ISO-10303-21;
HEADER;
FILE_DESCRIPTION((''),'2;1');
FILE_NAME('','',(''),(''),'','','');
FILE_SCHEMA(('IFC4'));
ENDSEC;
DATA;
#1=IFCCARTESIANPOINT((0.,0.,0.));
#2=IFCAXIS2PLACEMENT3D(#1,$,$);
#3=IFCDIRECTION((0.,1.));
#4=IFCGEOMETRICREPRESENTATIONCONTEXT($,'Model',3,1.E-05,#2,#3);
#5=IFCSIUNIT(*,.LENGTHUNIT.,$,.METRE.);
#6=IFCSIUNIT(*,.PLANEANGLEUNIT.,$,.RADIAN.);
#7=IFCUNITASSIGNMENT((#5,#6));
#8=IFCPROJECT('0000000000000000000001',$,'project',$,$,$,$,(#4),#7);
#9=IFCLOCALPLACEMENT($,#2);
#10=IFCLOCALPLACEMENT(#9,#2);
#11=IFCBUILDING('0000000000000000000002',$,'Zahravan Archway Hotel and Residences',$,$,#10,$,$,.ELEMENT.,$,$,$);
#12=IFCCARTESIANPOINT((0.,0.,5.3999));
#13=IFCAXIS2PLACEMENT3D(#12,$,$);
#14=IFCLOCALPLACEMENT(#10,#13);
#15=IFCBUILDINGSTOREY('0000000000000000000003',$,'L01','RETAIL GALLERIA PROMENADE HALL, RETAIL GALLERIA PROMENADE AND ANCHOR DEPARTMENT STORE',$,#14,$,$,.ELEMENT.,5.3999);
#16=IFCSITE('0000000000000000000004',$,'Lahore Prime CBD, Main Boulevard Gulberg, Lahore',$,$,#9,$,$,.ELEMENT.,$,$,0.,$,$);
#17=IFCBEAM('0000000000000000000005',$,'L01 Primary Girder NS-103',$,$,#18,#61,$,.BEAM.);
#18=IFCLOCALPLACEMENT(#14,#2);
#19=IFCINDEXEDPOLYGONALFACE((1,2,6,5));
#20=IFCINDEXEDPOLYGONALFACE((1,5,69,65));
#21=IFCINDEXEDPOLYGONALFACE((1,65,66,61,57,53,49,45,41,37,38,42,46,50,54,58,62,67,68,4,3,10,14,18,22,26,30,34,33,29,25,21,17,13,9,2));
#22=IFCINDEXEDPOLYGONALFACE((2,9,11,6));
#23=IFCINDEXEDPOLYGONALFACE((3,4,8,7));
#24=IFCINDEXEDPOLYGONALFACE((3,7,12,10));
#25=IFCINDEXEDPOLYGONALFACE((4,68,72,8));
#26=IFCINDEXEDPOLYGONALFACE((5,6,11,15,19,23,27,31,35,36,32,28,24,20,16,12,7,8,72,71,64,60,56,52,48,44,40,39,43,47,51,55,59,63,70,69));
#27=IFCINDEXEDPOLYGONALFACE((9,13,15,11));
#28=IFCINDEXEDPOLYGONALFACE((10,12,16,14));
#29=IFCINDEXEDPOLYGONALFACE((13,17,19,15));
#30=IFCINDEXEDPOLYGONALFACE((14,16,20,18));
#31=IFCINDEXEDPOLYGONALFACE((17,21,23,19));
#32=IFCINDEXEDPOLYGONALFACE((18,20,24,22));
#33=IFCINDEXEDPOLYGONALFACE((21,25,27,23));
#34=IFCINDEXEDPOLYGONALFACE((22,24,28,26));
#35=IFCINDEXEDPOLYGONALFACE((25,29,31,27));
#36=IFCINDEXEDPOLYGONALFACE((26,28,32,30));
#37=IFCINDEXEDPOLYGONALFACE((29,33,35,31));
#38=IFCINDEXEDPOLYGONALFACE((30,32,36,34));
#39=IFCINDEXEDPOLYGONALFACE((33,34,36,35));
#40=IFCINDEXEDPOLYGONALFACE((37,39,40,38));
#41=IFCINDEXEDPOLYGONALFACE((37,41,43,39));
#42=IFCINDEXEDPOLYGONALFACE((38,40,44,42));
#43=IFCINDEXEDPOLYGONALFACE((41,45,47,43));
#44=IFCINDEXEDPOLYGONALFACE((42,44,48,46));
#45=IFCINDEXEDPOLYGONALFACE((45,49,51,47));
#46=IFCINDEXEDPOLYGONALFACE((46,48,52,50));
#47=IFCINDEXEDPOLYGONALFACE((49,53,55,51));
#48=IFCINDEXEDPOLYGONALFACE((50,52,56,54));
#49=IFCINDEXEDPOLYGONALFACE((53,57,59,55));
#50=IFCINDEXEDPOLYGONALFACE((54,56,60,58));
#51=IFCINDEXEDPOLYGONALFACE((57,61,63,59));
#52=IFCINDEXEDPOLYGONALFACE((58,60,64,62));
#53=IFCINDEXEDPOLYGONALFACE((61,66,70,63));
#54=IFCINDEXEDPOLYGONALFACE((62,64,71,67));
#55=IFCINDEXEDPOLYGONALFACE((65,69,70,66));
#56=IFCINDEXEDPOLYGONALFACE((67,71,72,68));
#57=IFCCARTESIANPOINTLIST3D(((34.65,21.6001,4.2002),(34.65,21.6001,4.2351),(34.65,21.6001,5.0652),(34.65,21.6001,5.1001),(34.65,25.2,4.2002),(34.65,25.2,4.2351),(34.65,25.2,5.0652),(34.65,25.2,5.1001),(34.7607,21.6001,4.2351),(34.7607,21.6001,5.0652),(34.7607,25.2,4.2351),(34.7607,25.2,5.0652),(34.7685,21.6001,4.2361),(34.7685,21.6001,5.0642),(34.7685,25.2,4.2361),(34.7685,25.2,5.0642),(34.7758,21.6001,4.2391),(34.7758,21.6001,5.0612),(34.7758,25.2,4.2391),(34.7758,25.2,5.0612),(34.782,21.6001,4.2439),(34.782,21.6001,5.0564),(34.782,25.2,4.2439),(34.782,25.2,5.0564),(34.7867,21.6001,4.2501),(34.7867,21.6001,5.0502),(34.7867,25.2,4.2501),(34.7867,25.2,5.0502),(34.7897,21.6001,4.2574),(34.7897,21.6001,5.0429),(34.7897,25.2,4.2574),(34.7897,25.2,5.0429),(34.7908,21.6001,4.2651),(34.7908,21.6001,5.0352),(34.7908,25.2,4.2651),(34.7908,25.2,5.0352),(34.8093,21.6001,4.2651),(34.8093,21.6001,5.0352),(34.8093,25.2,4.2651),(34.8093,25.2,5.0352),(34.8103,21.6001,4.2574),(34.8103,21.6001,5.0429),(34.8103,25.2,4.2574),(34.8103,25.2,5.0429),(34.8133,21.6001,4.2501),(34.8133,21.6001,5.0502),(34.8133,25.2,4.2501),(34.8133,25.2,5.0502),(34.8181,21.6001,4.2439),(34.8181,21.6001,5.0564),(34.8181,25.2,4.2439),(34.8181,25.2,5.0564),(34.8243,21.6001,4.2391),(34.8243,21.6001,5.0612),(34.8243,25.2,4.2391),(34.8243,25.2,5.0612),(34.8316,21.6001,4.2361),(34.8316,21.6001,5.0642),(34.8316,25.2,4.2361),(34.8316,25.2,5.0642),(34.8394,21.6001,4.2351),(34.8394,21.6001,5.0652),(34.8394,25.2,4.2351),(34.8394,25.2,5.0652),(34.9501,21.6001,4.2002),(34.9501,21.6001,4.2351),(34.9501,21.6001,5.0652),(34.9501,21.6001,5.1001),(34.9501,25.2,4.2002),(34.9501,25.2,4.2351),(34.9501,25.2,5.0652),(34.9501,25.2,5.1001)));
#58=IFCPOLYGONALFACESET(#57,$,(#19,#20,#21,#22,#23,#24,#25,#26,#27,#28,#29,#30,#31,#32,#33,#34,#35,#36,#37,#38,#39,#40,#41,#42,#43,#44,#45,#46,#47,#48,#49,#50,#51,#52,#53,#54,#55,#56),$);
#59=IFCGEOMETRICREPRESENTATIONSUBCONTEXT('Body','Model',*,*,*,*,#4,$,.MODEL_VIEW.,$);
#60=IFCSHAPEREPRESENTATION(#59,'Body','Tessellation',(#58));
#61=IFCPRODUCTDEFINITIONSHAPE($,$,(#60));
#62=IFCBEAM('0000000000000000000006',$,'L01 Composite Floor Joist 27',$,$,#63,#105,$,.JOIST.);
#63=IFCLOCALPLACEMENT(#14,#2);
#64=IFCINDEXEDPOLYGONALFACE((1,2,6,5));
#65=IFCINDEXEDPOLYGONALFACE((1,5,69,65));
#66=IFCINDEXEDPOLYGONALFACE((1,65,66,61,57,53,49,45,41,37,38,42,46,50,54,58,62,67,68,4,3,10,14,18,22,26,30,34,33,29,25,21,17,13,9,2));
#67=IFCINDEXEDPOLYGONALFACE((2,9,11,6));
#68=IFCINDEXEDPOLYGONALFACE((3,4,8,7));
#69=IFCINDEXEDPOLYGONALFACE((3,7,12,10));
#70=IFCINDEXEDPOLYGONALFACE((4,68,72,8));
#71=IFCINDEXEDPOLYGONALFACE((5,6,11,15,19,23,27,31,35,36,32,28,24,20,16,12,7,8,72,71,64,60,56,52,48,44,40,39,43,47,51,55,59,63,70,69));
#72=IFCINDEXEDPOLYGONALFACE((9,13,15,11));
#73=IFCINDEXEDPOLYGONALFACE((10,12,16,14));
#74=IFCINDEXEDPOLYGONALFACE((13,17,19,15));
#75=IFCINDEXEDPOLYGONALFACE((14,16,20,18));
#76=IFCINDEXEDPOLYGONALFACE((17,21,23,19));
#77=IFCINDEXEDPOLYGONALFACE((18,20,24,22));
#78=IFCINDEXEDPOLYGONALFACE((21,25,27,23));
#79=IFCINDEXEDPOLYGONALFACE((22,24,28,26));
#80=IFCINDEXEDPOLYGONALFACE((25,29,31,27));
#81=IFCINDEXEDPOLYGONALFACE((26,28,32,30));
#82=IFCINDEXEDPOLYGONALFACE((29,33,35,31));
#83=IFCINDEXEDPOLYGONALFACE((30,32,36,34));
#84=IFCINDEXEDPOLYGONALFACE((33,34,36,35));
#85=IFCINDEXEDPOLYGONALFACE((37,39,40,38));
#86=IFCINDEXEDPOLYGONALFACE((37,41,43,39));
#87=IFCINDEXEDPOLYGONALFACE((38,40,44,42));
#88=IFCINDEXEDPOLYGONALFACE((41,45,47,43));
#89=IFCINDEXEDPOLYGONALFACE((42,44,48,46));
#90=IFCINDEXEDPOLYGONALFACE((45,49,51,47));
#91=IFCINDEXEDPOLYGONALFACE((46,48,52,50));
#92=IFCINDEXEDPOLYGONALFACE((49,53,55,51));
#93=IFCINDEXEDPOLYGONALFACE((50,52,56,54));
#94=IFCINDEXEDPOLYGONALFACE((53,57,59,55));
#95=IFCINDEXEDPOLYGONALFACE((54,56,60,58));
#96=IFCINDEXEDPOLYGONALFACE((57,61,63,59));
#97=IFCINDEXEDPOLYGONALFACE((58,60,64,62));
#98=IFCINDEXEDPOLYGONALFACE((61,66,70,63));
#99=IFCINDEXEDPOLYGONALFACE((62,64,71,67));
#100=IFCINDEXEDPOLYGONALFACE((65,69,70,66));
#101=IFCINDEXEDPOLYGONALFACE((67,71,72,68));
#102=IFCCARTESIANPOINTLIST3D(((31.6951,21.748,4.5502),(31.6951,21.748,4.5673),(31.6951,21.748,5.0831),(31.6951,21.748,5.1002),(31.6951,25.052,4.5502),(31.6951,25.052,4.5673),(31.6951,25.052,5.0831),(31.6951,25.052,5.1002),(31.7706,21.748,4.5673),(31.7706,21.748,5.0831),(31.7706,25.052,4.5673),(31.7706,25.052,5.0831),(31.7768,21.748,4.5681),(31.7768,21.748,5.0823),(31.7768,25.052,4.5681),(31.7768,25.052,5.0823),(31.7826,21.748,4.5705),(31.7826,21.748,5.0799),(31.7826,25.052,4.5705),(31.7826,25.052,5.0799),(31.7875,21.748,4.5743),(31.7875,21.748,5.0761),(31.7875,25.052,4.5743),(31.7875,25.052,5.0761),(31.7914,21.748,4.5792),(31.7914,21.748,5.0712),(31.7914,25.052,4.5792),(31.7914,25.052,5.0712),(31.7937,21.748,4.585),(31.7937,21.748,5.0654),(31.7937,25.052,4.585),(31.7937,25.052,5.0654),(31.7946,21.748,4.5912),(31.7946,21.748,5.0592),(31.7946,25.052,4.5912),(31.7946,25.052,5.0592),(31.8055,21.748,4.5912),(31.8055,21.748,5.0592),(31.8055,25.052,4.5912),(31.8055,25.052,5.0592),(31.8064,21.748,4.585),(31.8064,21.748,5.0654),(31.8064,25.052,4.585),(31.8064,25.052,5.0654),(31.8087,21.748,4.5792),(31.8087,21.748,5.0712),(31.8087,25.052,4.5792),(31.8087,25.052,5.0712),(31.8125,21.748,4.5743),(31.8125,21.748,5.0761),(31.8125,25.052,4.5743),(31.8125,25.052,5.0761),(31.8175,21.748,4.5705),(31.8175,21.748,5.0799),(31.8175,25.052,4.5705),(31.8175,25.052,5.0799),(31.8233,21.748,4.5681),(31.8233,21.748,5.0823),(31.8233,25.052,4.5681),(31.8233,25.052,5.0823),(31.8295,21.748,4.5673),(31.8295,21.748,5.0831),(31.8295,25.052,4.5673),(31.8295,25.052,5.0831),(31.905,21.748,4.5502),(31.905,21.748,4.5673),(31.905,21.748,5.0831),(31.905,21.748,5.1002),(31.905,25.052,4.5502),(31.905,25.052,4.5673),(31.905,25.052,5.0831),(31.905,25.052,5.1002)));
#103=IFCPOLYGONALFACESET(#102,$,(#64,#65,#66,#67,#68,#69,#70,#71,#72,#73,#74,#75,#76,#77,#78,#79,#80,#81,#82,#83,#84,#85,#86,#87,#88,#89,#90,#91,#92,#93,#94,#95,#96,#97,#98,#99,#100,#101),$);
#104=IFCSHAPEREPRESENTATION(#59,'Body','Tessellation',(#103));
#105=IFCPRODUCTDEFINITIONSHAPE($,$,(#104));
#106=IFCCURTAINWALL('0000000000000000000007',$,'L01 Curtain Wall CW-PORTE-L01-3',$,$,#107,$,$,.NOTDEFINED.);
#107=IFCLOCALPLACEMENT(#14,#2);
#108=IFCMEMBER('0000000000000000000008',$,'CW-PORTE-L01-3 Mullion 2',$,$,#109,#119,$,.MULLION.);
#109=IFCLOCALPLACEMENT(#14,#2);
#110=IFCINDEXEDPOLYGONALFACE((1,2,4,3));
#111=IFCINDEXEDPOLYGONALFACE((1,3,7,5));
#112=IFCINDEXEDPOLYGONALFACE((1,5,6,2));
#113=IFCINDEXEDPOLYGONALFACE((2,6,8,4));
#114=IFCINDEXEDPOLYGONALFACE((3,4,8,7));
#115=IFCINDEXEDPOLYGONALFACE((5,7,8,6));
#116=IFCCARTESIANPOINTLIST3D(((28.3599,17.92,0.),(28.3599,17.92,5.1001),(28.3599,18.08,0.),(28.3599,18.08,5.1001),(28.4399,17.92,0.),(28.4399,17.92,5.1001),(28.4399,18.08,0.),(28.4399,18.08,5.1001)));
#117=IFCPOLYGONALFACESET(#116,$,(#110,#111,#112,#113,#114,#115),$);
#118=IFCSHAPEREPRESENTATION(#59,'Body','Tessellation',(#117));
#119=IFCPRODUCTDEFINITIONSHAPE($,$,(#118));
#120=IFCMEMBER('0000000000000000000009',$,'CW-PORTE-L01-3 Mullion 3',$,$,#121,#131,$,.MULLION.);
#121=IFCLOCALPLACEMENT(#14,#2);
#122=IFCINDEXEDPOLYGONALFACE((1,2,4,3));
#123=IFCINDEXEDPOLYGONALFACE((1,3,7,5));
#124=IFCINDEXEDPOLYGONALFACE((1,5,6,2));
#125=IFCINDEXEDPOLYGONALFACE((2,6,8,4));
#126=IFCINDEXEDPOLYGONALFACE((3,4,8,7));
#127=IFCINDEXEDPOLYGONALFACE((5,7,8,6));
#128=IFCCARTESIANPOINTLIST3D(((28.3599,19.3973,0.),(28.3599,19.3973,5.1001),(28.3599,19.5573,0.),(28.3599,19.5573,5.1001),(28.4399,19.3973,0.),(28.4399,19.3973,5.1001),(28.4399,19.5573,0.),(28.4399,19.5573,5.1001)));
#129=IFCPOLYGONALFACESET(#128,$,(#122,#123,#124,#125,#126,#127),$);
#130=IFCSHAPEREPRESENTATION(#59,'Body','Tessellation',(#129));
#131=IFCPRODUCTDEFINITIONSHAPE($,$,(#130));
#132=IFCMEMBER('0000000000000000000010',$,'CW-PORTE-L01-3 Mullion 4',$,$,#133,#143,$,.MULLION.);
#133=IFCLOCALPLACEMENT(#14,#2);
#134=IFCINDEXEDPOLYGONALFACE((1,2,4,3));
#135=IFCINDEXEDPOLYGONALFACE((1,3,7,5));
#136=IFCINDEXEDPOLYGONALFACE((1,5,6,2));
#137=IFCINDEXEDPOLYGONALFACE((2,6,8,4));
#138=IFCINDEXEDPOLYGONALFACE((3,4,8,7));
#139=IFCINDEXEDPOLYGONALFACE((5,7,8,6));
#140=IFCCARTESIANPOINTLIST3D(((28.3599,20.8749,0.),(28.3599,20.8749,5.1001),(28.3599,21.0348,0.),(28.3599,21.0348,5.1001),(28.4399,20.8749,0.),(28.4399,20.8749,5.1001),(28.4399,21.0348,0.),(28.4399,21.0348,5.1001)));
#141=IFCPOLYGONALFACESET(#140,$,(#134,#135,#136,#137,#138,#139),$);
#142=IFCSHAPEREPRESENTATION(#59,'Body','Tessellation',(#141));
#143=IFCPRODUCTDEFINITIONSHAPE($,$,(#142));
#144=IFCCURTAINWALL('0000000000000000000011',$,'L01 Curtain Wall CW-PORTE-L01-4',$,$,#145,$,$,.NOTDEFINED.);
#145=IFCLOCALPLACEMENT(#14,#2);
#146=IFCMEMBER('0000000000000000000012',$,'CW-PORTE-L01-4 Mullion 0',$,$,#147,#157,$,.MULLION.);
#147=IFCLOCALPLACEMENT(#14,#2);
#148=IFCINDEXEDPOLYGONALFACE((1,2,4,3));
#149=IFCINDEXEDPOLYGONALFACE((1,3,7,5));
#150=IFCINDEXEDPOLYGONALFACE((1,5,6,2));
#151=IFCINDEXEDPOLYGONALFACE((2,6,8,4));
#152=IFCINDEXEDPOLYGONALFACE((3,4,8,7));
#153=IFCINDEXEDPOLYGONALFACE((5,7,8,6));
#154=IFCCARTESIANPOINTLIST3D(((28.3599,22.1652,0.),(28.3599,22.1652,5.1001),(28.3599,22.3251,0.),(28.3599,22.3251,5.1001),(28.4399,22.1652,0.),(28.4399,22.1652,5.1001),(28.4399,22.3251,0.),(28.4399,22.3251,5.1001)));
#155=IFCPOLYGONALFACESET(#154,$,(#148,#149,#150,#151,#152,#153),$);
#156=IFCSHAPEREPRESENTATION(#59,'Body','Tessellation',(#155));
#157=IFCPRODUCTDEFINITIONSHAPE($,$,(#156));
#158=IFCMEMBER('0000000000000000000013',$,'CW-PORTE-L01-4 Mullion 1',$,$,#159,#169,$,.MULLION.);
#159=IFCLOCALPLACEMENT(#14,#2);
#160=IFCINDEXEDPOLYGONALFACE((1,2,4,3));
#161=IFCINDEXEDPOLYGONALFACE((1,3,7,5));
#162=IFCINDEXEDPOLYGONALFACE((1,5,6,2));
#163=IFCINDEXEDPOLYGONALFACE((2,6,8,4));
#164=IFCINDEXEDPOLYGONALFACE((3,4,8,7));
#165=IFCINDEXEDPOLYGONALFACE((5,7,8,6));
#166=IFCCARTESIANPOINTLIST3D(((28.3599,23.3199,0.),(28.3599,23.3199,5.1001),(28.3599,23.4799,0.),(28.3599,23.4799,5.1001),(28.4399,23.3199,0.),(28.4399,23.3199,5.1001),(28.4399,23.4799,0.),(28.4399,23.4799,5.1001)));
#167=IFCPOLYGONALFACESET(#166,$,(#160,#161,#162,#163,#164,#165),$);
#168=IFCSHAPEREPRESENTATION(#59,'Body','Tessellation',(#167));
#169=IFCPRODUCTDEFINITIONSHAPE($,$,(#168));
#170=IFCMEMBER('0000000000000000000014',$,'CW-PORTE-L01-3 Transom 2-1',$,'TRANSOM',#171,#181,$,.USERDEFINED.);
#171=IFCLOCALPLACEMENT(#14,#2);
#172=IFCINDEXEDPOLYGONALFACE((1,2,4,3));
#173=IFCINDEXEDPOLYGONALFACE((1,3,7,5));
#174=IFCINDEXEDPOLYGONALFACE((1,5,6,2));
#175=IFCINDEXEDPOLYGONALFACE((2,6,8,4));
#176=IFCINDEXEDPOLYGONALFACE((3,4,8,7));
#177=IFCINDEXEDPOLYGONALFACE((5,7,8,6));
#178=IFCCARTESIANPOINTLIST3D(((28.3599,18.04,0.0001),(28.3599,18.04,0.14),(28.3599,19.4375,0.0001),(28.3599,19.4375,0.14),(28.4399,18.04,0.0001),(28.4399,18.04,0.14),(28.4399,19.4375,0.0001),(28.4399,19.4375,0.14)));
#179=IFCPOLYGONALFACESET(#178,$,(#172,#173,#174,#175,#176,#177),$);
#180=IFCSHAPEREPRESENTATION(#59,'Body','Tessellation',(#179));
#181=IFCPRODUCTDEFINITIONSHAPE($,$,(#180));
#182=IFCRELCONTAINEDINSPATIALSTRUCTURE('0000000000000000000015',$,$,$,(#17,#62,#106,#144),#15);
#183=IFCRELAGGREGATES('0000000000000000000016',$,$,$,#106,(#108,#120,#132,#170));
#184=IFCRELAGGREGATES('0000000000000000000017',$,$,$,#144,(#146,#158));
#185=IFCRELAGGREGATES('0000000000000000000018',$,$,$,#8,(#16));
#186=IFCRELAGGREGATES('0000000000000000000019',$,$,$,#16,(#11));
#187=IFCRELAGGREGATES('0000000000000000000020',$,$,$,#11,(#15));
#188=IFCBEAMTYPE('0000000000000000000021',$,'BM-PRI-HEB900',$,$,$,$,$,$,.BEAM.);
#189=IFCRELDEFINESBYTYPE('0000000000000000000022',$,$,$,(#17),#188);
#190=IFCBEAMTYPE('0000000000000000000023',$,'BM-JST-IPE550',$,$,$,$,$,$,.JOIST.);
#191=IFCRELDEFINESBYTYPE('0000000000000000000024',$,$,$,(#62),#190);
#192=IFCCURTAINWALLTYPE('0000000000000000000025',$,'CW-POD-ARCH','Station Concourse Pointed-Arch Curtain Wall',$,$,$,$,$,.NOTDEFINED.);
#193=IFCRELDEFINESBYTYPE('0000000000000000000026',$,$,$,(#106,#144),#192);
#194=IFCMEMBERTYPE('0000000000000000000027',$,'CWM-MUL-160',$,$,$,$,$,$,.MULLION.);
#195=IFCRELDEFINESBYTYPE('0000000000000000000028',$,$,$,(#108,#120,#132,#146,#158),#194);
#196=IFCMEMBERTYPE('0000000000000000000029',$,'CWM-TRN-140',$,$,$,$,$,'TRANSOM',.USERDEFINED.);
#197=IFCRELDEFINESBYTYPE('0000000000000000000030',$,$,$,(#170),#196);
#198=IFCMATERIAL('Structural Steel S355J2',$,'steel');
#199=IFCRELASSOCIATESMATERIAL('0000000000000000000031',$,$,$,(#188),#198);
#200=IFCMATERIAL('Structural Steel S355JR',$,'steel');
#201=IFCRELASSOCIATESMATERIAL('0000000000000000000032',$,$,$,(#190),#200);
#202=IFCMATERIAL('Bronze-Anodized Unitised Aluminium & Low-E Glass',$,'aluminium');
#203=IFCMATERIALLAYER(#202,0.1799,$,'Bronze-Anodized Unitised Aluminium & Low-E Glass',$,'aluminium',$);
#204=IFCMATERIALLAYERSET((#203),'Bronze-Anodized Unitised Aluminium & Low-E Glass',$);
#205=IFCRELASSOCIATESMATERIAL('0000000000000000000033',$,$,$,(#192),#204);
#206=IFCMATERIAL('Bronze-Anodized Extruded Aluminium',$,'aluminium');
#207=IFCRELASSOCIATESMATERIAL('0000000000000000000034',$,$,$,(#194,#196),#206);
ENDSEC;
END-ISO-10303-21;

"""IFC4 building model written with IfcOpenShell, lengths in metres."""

from ifc_helpers import new_model, si_unit, direction, frame, origin, origin_2d, place, context, subcontext, project, spatial, rectangle, i_section, extrude, source, transform, mapped, material, layer, layer_set, material_profile, profile_set, type_object, element, aggregate, save


model = new_model("IFC4")

# Units and contexts
model_context = context("Model", 3, precision=1e-05, world=origin(), true_north=direction((0.0, 1.0)))
body_context = subcontext(model_context, "Body", "Model", "MODEL_VIEW")
ifc_project = project(units=[si_unit("LENGTHUNIT", "METRE"), si_unit("PLANEANGLEUNIT", "RADIAN")], contexts=[model_context])

# Site, building, storey
site_placement = place(None, origin())
site = spatial("IfcSite", under=ifc_project, at=site_placement, Name="Lahore Prime CBD, Main Boulevard Gulberg, Lahore", CompositionType="ELEMENT", RefElevation=0.0)
building_placement = place(site_placement, origin())
building = spatial("IfcBuilding", under=site, at=building_placement, Name="Zahravan Archway Hotel and Residences", CompositionType="ELEMENT")
storey_placement = place(building_placement, frame((0.0, 0.0, 5.3999)))
storey = spatial("IfcBuildingStorey", under=building, at=storey_placement, Name="L01", Description="RETAIL GALLERIA PROMENADE HALL, RETAIL GALLERIA PROMENADE AND ANCHOR DEPARTMENT STORE", CompositionType="ELEMENT", Elevation=5.3999)

# Beams
ifc_material_1 = material(Name="Structural Steel S355J2", Category="steel")
ifc_material_profile_1 = material_profile(ifc_material_1, i_section(OverallWidth=0.3, OverallDepth=0.8999, WebThickness=0.0186, FlangeThickness=0.0349, FilletRadius=0.03, at=origin_2d()), Name="HEB 900", Category="steel")
ifc_profile_set_1 = profile_set([ifc_material_profile_1], Name="Structural Steel S355J2")
beam_type_1 = type_object("IfcBeamType", Name="BM-PRI-HEB900", PredefinedType="BEAM", material=ifc_profile_set_1)
shared_shape_1 = source(origin(), body_context, "Body", "SweptSolid", [
    extrude(i_section(OverallWidth=0.3, OverallDepth=0.8999, WebThickness=0.0186, FlangeThickness=0.0349, FilletRadius=0.03, at=origin_2d()), origin(), (0.0, 0.0, 1.0), 3.5999),
])
for number, where, z_axis, x_axis, name in (
    (1, (34.8, 21.6001, 4.6501), (0.0, 1.0, 0.0), (-1.0, 0.0, 0.0), "L01 Primary Girder NS-103"),
):
    element("IfcBeam", number, at=place(storey_placement, frame(where, z_axis=z_axis, x_axis=x_axis)), inside=storey, type_object=beam_type_1, Name=name, PredefinedType="BEAM", context=body_context, shape_type="MappedRepresentation", body=[
        mapped(shared_shape_1, transform((0.0, 0.0, 0.0), scale=1.0)),
    ])
ifc_material_2 = material(Name="Structural Steel S355JR", Category="steel")
ifc_material_profile_2 = material_profile(ifc_material_2, i_section(OverallWidth=0.21, OverallDepth=0.55, WebThickness=0.011, FlangeThickness=0.0171, FilletRadius=0.0239, at=origin_2d()), Name="IPE 550", Category="steel")
ifc_profile_set_2 = profile_set([ifc_material_profile_2], Name="Structural Steel S355JR")
beam_type_2 = type_object("IfcBeamType", Name="BM-JST-IPE550", PredefinedType="JOIST", material=ifc_profile_set_2)
shared_shape_2 = source(origin(), body_context, "Body", "SweptSolid", [
    extrude(i_section(OverallWidth=0.21, OverallDepth=0.55, WebThickness=0.011, FlangeThickness=0.0171, FilletRadius=0.0239, at=origin_2d()), origin(), (0.0, 0.0, 1.0), 3.304),
])
beam_1_placement = place(storey_placement, frame((31.8, 21.748, 4.8252), z_axis=(0.0, 1.0, 0.0), x_axis=(-1.0, 0.0, 0.0)))
element("IfcBeam", 2, at=beam_1_placement, inside=storey, type_object=beam_type_2, Name="L01 Composite Floor Joist 27", PredefinedType="JOIST", context=body_context, shape_type="MappedRepresentation", body=[
    mapped(shared_shape_2, transform((0.0, 0.0, 0.0), scale=1.0)),
])

# Curtain walls, members
ifc_material_3 = material(Name="Bronze-Anodized Unitised Aluminium & Low-E Glass", Category="aluminium")
ifc_layer_1 = layer(ifc_material_3, 0.1799, Name="Bronze-Anodized Unitised Aluminium & Low-E Glass", Category="aluminium")
ifc_layer_set_1 = layer_set([ifc_layer_1], Name="Bronze-Anodized Unitised Aluminium & Low-E Glass")
curtain_wall_type = type_object("IfcCurtainWallType", Name="CW-POD-ARCH", Description="Station Concourse Pointed-Arch Curtain Wall", PredefinedType="NOTDEFINED", material=ifc_layer_set_1)
curtain_wall_1_placement = place(storey_placement, origin())
curtain_wall_1 = element("IfcCurtainWall", 3, at=curtain_wall_1_placement, inside=storey, type_object=curtain_wall_type, Name="L01 Curtain Wall CW-PORTE-L01-3", PredefinedType="NOTDEFINED")
ifc_material_4 = material(Name="Bronze-Anodized Extruded Aluminium", Category="aluminium")
ifc_material_profile_3 = material_profile(ifc_material_4, rectangle(XDim=0.0801, YDim=0.1599, at=origin_2d()), Name="MUL 80x160", Category="aluminium")
ifc_profile_set_3 = profile_set([ifc_material_profile_3], Name="Bronze-Anodized Extruded Aluminium")
member_type_1 = type_object("IfcMemberType", Name="CWM-MUL-160", PredefinedType="MULLION", material=ifc_profile_set_3)
shared_shape_3 = source(origin(), body_context, "Body", "SweptSolid", [
    extrude(rectangle(XDim=0.0801, YDim=0.1599, at=origin_2d()), origin(), (0.0, 0.0, 1.0), 5.1001),
])
member_1_placement = place(storey_placement, frame((28.3999, 18.0, 0.0), z_axis=(0.0, 0.0, 1.0), x_axis=(1.0, 0.0, 0.0)))
member_1 = element("IfcMember", 4, at=member_1_placement, type_object=member_type_1, Name="CW-PORTE-L01-3 Mullion 2", PredefinedType="MULLION", context=body_context, shape_type="MappedRepresentation", body=[
    mapped(shared_shape_3, transform((0.0, 0.0, 0.0), scale=1.0)),
])
member_2_placement = place(storey_placement, frame((28.3999, 19.4773, 0.0), z_axis=(0.0, 0.0, 1.0), x_axis=(1.0, 0.0, 0.0)))
member_2 = element("IfcMember", 5, at=member_2_placement, type_object=member_type_1, Name="CW-PORTE-L01-3 Mullion 3", PredefinedType="MULLION", context=body_context, shape_type="MappedRepresentation", body=[
    mapped(shared_shape_3, transform((0.0, 0.0, 0.0), scale=1.0)),
])
member_3_placement = place(storey_placement, frame((28.3999, 20.9548, 0.0), z_axis=(0.0, 0.0, 1.0), x_axis=(1.0, 0.0, 0.0)))
member_3 = element("IfcMember", 6, at=member_3_placement, type_object=member_type_1, Name="CW-PORTE-L01-3 Mullion 4", PredefinedType="MULLION", context=body_context, shape_type="MappedRepresentation", body=[
    mapped(shared_shape_3, transform((0.0, 0.0, 0.0), scale=1.0)),
])
curtain_wall_2_placement = place(storey_placement, origin())
curtain_wall_2 = element("IfcCurtainWall", 7, at=curtain_wall_2_placement, inside=storey, type_object=curtain_wall_type, Name="L01 Curtain Wall CW-PORTE-L01-4", PredefinedType="NOTDEFINED")
member_4_placement = place(storey_placement, frame((28.3999, 22.2451, 0.0), z_axis=(0.0, 0.0, 1.0), x_axis=(1.0, 0.0, 0.0)))
member_4 = element("IfcMember", 8, at=member_4_placement, type_object=member_type_1, Name="CW-PORTE-L01-4 Mullion 0", PredefinedType="MULLION", context=body_context, shape_type="MappedRepresentation", body=[
    mapped(shared_shape_3, transform((0.0, 0.0, 0.0), scale=1.0)),
])
member_5_placement = place(storey_placement, frame((28.3999, 23.3999, 0.0), z_axis=(0.0, 0.0, 1.0), x_axis=(1.0, 0.0, 0.0)))
member_5 = element("IfcMember", 9, at=member_5_placement, type_object=member_type_1, Name="CW-PORTE-L01-4 Mullion 1", PredefinedType="MULLION", context=body_context, shape_type="MappedRepresentation", body=[
    mapped(shared_shape_3, transform((0.0, 0.0, 0.0), scale=1.0)),
])

# Member
ifc_material_profile_4 = material_profile(ifc_material_4, rectangle(XDim=0.0801, YDim=0.1399, at=origin_2d()), Name="TRN 80x140", Category="aluminium")
ifc_profile_set_4 = profile_set([ifc_material_profile_4], Name="Bronze-Anodized Extruded Aluminium")
member_type_2 = type_object("IfcMemberType", Name="CWM-TRN-140", ElementType="TRANSOM", PredefinedType="USERDEFINED", material=ifc_profile_set_4)
shared_shape_4 = source(origin(), body_context, "Body", "SweptSolid", [
    extrude(rectangle(XDim=0.0801, YDim=0.1399, at=origin_2d()), origin(), (0.0, 0.0, 1.0), 1.3975),
])
member_6_placement = place(storey_placement, frame((28.3999, 18.04, 0.0701), z_axis=(0.0, 1.0, 0.0), x_axis=(-1.0, 0.0, 0.0)))
member_6 = element("IfcMember", 10, at=member_6_placement, type_object=member_type_2, Name="CW-PORTE-L01-3 Transom 2-1", ObjectType="TRANSOM", PredefinedType="USERDEFINED", context=body_context, shape_type="MappedRepresentation", body=[
    mapped(shared_shape_4, transform((0.0, 0.0, 0.0), scale=1.0)),
])

aggregate(curtain_wall_1, [member_1, member_2, member_3, member_6])
aggregate(curtain_wall_2, [member_4, member_5])

save(model, "model.ifc")
